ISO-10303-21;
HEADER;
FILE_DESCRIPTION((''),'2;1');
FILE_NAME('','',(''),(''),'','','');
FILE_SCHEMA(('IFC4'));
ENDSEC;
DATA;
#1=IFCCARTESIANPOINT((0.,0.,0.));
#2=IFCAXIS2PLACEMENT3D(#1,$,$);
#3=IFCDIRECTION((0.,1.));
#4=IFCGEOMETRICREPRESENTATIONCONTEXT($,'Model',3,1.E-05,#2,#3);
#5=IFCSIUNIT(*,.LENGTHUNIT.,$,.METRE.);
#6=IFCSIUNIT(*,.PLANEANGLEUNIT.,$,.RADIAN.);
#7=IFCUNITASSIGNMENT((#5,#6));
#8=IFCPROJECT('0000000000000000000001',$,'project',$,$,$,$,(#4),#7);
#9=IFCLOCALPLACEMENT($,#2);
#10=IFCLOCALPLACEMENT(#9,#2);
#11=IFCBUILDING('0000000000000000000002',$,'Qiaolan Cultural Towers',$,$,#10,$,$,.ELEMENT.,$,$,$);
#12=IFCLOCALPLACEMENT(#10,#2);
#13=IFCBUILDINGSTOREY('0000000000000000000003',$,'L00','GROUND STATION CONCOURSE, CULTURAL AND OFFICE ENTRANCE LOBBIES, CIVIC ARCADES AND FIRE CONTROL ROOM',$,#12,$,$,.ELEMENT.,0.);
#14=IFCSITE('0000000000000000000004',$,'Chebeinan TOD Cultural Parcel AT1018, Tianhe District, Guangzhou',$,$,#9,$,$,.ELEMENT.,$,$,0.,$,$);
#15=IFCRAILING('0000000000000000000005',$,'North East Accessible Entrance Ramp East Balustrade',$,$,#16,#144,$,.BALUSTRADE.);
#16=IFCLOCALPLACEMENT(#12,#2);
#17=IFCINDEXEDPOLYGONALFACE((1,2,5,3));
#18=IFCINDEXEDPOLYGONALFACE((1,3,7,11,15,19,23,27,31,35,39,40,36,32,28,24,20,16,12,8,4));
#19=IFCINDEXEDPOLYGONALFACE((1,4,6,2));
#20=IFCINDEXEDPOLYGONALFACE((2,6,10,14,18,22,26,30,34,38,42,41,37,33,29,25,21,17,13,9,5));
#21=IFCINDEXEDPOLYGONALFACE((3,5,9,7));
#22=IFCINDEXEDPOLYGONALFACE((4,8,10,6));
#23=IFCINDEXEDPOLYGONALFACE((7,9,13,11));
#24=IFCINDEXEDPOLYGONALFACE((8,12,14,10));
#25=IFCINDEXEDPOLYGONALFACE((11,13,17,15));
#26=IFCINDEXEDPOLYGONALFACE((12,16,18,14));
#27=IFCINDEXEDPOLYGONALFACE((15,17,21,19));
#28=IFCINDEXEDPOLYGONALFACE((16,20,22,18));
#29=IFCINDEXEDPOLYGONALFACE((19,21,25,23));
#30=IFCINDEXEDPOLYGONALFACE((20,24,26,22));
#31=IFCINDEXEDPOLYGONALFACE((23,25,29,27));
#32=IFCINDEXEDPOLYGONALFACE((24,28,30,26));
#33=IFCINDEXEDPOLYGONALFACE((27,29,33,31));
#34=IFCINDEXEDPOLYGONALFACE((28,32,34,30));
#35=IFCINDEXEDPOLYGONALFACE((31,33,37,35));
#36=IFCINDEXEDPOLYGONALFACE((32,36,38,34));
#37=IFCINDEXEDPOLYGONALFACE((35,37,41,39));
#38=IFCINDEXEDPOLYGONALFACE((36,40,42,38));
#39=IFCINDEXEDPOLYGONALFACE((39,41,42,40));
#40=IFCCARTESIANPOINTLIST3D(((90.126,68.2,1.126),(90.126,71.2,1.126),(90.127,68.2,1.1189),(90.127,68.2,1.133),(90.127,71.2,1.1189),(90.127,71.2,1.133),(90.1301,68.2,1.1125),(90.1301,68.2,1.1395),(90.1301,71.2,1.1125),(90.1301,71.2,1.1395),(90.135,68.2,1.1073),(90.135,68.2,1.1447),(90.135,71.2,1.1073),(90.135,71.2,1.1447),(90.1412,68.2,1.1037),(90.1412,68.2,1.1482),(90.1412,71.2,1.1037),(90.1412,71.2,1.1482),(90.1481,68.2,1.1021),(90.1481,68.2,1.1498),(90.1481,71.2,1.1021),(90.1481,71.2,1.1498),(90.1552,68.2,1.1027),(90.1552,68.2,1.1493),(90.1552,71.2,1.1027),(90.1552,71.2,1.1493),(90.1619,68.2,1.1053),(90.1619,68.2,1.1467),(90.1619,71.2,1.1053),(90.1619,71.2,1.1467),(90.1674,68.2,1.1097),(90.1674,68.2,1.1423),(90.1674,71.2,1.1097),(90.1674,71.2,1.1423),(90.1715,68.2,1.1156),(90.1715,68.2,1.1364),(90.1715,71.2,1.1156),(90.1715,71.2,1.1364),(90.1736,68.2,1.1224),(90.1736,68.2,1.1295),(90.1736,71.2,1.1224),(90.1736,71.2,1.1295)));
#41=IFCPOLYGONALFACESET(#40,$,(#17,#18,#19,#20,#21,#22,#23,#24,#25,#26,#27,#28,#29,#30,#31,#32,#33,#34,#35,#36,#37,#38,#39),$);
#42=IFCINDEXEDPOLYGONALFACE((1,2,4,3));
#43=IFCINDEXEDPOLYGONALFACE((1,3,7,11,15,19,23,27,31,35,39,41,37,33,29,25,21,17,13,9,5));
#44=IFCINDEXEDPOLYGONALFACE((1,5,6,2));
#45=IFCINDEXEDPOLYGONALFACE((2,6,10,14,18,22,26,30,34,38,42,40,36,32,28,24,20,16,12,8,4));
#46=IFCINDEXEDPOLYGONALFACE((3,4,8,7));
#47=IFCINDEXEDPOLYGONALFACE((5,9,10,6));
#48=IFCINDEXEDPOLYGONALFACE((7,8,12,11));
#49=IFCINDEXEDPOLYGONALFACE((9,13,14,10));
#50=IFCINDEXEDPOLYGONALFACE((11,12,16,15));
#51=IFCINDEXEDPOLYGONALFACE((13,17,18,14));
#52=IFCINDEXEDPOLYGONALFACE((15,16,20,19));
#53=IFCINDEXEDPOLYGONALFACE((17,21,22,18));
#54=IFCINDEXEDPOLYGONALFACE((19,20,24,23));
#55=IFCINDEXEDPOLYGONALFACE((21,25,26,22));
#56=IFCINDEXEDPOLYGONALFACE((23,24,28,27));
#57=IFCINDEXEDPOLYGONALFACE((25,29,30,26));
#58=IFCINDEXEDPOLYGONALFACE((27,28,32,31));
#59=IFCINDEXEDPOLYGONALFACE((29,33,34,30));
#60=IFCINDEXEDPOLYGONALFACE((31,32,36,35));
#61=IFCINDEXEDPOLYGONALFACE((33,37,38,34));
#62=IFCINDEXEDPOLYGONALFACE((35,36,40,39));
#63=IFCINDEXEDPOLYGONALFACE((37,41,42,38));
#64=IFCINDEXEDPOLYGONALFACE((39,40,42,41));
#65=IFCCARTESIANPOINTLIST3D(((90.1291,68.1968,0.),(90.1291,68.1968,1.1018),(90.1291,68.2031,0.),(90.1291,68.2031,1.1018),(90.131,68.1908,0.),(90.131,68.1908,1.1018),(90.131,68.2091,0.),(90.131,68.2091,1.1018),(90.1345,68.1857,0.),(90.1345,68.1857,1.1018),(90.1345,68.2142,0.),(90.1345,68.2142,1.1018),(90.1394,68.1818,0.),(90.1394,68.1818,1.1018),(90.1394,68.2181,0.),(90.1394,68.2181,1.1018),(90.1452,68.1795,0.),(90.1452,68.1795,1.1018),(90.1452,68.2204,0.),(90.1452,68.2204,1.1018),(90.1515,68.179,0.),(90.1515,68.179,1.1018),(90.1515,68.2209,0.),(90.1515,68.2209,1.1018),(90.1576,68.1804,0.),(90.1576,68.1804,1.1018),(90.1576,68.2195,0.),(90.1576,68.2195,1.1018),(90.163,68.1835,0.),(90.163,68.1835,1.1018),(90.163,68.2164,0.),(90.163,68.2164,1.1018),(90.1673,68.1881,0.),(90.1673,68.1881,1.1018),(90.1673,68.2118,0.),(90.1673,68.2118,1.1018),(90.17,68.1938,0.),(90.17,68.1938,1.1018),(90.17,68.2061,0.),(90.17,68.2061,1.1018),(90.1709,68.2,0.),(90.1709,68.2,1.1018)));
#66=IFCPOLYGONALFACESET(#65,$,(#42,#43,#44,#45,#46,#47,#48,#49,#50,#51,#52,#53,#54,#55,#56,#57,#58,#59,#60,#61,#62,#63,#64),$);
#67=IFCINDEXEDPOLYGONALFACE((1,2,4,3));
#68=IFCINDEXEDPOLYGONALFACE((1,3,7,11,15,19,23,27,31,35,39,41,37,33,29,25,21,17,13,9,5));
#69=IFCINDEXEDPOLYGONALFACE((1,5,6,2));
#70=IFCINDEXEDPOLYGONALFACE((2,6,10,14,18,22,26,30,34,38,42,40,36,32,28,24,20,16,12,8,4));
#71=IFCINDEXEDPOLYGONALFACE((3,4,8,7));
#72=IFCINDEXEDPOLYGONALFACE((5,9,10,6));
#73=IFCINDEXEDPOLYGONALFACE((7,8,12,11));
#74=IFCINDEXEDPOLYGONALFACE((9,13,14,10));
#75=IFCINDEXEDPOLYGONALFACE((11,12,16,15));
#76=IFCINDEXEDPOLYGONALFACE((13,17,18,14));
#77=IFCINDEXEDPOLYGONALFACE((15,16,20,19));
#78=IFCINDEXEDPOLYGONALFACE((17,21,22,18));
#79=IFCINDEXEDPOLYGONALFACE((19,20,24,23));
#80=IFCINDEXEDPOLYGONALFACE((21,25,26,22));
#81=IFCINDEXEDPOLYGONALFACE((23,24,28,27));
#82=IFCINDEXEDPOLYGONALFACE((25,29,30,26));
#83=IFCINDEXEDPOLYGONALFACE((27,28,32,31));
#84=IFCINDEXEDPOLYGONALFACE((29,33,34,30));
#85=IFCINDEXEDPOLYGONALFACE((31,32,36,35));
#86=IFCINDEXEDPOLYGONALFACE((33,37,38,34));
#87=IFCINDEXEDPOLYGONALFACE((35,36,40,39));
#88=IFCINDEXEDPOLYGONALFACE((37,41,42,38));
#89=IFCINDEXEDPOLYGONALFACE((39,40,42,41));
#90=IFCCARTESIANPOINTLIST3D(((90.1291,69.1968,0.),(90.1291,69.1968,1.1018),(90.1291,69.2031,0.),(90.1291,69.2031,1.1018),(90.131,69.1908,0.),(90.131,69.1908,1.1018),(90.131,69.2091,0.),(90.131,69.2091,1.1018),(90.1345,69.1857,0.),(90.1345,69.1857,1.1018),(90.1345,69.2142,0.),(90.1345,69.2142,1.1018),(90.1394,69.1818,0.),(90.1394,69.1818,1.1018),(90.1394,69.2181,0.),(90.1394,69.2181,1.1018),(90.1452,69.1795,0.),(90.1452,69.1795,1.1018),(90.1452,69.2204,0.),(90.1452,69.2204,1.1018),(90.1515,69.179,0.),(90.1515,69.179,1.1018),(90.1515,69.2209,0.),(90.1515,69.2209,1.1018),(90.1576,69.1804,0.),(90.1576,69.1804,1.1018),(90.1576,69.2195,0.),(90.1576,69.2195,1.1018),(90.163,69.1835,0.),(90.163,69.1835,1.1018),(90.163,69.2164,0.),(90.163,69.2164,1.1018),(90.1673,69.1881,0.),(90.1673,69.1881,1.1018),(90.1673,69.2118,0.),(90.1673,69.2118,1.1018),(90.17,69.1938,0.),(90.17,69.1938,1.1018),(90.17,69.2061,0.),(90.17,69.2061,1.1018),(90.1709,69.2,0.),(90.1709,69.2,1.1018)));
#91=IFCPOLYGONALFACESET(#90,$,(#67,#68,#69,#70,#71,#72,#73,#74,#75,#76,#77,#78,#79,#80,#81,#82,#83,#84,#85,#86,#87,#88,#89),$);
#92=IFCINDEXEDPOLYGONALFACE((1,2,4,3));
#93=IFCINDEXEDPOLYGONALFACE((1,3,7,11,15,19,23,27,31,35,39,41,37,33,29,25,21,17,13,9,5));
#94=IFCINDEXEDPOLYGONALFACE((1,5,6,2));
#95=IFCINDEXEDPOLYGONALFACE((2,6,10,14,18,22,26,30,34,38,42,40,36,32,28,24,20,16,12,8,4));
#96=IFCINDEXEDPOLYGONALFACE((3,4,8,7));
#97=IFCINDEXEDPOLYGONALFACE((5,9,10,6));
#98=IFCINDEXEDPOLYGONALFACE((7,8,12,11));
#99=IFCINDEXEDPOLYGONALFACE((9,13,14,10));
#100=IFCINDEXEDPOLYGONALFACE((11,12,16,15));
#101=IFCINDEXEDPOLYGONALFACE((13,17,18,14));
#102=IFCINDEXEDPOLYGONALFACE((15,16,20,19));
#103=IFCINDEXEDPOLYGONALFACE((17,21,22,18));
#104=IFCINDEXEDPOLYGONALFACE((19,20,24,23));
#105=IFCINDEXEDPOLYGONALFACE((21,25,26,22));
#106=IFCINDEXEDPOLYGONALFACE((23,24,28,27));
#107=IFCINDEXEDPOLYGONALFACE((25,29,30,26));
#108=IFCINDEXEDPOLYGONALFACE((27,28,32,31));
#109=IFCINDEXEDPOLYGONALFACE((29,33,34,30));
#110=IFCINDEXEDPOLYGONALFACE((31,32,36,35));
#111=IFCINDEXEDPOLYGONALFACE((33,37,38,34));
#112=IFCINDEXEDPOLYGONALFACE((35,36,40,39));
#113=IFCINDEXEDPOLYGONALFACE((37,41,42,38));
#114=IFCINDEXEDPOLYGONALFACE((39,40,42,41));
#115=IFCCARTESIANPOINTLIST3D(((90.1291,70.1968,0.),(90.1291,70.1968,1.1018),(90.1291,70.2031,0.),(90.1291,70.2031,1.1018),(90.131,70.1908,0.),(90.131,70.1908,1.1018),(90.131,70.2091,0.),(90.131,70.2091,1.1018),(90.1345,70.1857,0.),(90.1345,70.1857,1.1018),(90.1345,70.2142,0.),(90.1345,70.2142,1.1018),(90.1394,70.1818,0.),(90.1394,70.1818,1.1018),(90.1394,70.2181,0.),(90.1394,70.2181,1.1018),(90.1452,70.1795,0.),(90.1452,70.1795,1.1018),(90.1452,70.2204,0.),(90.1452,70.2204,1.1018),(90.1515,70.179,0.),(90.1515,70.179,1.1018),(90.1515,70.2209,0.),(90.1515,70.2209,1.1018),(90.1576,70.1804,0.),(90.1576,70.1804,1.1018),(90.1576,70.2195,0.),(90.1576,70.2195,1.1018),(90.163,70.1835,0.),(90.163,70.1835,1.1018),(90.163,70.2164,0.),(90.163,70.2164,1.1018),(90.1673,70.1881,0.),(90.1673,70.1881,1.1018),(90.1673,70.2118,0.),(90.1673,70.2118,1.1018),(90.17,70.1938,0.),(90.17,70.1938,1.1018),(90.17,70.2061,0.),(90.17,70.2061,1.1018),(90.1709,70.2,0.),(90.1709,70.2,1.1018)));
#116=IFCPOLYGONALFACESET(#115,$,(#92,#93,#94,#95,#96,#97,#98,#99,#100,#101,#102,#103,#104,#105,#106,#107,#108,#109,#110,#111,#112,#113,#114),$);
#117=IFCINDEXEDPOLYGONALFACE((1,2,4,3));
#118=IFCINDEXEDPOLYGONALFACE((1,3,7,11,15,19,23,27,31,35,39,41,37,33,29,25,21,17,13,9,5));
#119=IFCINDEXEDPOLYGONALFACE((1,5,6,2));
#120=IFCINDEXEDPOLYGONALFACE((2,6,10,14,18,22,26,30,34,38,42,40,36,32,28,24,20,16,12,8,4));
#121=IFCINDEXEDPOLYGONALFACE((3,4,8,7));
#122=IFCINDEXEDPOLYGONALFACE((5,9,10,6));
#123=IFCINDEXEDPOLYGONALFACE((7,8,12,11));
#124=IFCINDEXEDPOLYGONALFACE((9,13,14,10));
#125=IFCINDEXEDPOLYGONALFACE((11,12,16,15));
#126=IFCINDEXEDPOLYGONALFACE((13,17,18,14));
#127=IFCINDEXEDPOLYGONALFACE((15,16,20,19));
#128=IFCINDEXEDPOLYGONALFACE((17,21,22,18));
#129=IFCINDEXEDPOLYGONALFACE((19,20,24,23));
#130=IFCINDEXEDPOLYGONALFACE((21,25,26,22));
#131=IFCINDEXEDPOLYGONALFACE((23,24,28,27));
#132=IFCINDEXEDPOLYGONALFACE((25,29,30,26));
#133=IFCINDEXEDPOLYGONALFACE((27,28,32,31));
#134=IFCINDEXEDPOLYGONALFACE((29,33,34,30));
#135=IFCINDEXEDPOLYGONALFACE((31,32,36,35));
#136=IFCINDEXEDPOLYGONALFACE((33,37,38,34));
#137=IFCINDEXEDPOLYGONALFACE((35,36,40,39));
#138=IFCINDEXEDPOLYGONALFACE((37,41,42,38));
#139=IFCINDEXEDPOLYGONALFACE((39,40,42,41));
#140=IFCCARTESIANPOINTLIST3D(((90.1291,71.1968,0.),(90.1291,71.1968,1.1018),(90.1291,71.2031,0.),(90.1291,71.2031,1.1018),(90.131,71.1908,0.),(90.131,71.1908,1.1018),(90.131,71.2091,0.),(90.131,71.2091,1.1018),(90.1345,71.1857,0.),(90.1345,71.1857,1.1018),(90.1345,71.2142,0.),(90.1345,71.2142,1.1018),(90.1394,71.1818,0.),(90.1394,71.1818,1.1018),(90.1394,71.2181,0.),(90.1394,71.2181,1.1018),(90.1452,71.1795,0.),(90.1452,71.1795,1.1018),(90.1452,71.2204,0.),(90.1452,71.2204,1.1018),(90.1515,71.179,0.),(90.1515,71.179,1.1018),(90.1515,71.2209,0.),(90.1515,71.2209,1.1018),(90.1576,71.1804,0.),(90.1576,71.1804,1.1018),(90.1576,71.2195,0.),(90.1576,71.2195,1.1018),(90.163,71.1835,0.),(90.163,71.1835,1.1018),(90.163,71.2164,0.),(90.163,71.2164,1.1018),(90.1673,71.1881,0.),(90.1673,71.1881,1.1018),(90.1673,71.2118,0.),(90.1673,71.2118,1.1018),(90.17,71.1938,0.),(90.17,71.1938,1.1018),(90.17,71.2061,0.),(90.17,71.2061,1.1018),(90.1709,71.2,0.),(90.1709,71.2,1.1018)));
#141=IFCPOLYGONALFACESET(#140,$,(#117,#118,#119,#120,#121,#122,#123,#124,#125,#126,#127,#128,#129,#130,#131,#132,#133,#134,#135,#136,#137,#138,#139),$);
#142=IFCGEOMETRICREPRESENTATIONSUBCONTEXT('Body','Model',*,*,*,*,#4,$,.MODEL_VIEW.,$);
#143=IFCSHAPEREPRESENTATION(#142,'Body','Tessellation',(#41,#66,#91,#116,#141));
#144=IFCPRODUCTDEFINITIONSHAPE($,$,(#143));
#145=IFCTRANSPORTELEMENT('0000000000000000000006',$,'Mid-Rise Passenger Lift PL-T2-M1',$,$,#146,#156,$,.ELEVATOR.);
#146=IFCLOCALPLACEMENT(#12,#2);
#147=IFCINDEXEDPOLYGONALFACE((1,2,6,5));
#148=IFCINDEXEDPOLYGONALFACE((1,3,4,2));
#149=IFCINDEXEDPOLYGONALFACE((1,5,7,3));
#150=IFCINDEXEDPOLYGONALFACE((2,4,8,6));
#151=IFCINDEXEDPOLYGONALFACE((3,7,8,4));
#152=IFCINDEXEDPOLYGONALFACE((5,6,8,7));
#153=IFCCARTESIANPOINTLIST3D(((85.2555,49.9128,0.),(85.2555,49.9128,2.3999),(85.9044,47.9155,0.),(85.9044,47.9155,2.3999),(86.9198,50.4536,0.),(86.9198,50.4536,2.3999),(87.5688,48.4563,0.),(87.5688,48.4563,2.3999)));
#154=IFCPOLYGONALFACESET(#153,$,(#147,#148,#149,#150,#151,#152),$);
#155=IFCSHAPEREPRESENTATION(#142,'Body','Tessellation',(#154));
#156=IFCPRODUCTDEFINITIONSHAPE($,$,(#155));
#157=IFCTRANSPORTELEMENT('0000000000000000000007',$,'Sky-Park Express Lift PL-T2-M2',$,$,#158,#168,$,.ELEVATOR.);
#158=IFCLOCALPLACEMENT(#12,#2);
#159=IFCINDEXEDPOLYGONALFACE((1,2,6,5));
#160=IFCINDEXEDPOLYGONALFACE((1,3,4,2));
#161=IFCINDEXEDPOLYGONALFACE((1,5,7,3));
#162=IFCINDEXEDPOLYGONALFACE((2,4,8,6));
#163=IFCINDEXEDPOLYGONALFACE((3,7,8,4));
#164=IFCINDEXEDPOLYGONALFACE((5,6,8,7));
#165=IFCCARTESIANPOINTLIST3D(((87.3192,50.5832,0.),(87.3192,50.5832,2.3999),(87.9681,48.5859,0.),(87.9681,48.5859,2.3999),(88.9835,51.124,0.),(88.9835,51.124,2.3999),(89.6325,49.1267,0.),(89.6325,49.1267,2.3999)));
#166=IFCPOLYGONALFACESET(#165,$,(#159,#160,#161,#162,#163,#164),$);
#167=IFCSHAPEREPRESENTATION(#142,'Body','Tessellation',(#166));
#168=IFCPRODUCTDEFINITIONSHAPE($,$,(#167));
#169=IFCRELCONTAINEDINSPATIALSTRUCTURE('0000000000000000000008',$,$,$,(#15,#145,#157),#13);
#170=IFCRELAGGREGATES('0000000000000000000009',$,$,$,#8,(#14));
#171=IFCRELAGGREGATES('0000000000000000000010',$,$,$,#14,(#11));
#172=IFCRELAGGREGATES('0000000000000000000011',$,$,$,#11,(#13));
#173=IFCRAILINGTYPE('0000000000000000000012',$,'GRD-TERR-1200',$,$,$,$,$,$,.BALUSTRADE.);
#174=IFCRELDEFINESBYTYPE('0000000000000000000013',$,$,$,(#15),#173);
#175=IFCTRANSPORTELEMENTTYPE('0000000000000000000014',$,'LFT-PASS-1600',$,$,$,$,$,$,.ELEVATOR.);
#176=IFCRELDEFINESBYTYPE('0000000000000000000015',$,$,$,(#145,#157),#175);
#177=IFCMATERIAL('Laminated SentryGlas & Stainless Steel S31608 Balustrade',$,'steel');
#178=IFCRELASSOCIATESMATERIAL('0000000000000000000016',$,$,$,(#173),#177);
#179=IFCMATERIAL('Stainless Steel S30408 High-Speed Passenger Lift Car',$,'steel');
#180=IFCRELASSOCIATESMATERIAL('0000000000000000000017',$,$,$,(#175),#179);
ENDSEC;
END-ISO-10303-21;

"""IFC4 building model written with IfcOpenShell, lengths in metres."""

from ifc_helpers import new_model, si_unit, direction, frame, origin, origin_2d, place, context, subcontext, project, spatial, rectangle, circle, extrude, material, type_object, element, save


model = new_model("IFC4")

# Units and contexts
model_context = context("Model", 3, precision=1e-05, world=origin(), true_north=direction((0.0, 1.0)))
body_context = subcontext(model_context, "Body", "Model", "MODEL_VIEW")
ifc_project = project(units=[si_unit("LENGTHUNIT", "METRE"), si_unit("PLANEANGLEUNIT", "RADIAN")], contexts=[model_context])

# Site, building, storey
site_placement = place(None, origin())
site = spatial("IfcSite", under=ifc_project, at=site_placement, Name="Chebeinan TOD Cultural Parcel AT1018, Tianhe District, Guangzhou", CompositionType="ELEMENT", RefElevation=0.0)
building_placement = place(site_placement, origin())
building = spatial("IfcBuilding", under=site, at=building_placement, Name="Qiaolan Cultural Towers", CompositionType="ELEMENT")
storey_placement = place(building_placement, origin())
storey = spatial("IfcBuildingStorey", under=building, at=storey_placement, Name="L00", Description="GROUND STATION CONCOURSE, CULTURAL AND OFFICE ENTRANCE LOBBIES, CIVIC ARCADES AND FIRE CONTROL ROOM", CompositionType="ELEMENT", Elevation=0.0)

# Railing
ifc_material_1 = material(Name="Laminated SentryGlas & Stainless Steel S31608 Balustrade", Category="steel")
railing_type = type_object("IfcRailingType", Name="GRD-TERR-1200", PredefinedType="BALUSTRADE", material=ifc_material_1)
for number, where, name in (
    (1, (90.1499, 68.2, 0.0), "North East Accessible Entrance Ramp East Balustrade"),
):
    element("IfcRailing", number, at=place(storey_placement, frame(where)), inside=storey, type_object=railing_type, Name=name, PredefinedType="BALUSTRADE", context=body_context, shape_type="SweptSolid", body=[
        extrude(circle(Radius=0.0239, at=origin_2d()), frame((0.0, 0.0, 1.126), z_axis=(0.0, 1.0, 0.0), x_axis=(-1.0, 0.0, 0.0)), (0.0, 0.0, 1.0), 3.0),
        extrude(circle(Radius=0.021, at=origin_2d()), origin(), (0.0, 0.0, 1.0), 1.1018),
        extrude(circle(Radius=0.021, at=origin_2d()), frame((0.0, 1.0, 0.0)), (0.0, 0.0, 1.0), 1.1018),
        extrude(circle(Radius=0.021, at=origin_2d()), frame((0.0, 2.0, 0.0)), (0.0, 0.0, 1.0), 1.1018),
        extrude(circle(Radius=0.021, at=origin_2d()), frame((0.0, 3.0, 0.0)), (0.0, 0.0, 1.0), 1.1018),
    ])

# Transport elements
ifc_material_2 = material(Name="Stainless Steel S30408 High-Speed Passenger Lift Car", Category="steel")
transport_element_type = type_object("IfcTransportElementType", Name="LFT-PASS-1600", PredefinedType="ELEVATOR", material=ifc_material_2)
for number, where, z_axis, x_axis, name in (
    (2, (86.4121, 49.1846, 0.0), (0.0, 0.0, 1.0), (0.951057, 0.309017, 0.0), "Mid-Rise Passenger Lift PL-T2-M1"),
    (3, (88.4758, 49.855, 0.0), (0.0, 0.0, 1.0), (0.951057, 0.309017, 0.0), "Sky-Park Express Lift PL-T2-M2"),
):
    element("IfcTransportElement", number, at=place(storey_placement, frame(where, z_axis=z_axis, x_axis=x_axis)), inside=storey, type_object=transport_element_type, Name=name, PredefinedType="ELEVATOR", context=body_context, shape_type="SweptSolid", body=[
        extrude(rectangle(XDim=1.75, YDim=2.1001, at=origin_2d()), origin(), (0.0, 0.0, 1.0), 2.3999),
    ])

save(model, "model.ifc")
